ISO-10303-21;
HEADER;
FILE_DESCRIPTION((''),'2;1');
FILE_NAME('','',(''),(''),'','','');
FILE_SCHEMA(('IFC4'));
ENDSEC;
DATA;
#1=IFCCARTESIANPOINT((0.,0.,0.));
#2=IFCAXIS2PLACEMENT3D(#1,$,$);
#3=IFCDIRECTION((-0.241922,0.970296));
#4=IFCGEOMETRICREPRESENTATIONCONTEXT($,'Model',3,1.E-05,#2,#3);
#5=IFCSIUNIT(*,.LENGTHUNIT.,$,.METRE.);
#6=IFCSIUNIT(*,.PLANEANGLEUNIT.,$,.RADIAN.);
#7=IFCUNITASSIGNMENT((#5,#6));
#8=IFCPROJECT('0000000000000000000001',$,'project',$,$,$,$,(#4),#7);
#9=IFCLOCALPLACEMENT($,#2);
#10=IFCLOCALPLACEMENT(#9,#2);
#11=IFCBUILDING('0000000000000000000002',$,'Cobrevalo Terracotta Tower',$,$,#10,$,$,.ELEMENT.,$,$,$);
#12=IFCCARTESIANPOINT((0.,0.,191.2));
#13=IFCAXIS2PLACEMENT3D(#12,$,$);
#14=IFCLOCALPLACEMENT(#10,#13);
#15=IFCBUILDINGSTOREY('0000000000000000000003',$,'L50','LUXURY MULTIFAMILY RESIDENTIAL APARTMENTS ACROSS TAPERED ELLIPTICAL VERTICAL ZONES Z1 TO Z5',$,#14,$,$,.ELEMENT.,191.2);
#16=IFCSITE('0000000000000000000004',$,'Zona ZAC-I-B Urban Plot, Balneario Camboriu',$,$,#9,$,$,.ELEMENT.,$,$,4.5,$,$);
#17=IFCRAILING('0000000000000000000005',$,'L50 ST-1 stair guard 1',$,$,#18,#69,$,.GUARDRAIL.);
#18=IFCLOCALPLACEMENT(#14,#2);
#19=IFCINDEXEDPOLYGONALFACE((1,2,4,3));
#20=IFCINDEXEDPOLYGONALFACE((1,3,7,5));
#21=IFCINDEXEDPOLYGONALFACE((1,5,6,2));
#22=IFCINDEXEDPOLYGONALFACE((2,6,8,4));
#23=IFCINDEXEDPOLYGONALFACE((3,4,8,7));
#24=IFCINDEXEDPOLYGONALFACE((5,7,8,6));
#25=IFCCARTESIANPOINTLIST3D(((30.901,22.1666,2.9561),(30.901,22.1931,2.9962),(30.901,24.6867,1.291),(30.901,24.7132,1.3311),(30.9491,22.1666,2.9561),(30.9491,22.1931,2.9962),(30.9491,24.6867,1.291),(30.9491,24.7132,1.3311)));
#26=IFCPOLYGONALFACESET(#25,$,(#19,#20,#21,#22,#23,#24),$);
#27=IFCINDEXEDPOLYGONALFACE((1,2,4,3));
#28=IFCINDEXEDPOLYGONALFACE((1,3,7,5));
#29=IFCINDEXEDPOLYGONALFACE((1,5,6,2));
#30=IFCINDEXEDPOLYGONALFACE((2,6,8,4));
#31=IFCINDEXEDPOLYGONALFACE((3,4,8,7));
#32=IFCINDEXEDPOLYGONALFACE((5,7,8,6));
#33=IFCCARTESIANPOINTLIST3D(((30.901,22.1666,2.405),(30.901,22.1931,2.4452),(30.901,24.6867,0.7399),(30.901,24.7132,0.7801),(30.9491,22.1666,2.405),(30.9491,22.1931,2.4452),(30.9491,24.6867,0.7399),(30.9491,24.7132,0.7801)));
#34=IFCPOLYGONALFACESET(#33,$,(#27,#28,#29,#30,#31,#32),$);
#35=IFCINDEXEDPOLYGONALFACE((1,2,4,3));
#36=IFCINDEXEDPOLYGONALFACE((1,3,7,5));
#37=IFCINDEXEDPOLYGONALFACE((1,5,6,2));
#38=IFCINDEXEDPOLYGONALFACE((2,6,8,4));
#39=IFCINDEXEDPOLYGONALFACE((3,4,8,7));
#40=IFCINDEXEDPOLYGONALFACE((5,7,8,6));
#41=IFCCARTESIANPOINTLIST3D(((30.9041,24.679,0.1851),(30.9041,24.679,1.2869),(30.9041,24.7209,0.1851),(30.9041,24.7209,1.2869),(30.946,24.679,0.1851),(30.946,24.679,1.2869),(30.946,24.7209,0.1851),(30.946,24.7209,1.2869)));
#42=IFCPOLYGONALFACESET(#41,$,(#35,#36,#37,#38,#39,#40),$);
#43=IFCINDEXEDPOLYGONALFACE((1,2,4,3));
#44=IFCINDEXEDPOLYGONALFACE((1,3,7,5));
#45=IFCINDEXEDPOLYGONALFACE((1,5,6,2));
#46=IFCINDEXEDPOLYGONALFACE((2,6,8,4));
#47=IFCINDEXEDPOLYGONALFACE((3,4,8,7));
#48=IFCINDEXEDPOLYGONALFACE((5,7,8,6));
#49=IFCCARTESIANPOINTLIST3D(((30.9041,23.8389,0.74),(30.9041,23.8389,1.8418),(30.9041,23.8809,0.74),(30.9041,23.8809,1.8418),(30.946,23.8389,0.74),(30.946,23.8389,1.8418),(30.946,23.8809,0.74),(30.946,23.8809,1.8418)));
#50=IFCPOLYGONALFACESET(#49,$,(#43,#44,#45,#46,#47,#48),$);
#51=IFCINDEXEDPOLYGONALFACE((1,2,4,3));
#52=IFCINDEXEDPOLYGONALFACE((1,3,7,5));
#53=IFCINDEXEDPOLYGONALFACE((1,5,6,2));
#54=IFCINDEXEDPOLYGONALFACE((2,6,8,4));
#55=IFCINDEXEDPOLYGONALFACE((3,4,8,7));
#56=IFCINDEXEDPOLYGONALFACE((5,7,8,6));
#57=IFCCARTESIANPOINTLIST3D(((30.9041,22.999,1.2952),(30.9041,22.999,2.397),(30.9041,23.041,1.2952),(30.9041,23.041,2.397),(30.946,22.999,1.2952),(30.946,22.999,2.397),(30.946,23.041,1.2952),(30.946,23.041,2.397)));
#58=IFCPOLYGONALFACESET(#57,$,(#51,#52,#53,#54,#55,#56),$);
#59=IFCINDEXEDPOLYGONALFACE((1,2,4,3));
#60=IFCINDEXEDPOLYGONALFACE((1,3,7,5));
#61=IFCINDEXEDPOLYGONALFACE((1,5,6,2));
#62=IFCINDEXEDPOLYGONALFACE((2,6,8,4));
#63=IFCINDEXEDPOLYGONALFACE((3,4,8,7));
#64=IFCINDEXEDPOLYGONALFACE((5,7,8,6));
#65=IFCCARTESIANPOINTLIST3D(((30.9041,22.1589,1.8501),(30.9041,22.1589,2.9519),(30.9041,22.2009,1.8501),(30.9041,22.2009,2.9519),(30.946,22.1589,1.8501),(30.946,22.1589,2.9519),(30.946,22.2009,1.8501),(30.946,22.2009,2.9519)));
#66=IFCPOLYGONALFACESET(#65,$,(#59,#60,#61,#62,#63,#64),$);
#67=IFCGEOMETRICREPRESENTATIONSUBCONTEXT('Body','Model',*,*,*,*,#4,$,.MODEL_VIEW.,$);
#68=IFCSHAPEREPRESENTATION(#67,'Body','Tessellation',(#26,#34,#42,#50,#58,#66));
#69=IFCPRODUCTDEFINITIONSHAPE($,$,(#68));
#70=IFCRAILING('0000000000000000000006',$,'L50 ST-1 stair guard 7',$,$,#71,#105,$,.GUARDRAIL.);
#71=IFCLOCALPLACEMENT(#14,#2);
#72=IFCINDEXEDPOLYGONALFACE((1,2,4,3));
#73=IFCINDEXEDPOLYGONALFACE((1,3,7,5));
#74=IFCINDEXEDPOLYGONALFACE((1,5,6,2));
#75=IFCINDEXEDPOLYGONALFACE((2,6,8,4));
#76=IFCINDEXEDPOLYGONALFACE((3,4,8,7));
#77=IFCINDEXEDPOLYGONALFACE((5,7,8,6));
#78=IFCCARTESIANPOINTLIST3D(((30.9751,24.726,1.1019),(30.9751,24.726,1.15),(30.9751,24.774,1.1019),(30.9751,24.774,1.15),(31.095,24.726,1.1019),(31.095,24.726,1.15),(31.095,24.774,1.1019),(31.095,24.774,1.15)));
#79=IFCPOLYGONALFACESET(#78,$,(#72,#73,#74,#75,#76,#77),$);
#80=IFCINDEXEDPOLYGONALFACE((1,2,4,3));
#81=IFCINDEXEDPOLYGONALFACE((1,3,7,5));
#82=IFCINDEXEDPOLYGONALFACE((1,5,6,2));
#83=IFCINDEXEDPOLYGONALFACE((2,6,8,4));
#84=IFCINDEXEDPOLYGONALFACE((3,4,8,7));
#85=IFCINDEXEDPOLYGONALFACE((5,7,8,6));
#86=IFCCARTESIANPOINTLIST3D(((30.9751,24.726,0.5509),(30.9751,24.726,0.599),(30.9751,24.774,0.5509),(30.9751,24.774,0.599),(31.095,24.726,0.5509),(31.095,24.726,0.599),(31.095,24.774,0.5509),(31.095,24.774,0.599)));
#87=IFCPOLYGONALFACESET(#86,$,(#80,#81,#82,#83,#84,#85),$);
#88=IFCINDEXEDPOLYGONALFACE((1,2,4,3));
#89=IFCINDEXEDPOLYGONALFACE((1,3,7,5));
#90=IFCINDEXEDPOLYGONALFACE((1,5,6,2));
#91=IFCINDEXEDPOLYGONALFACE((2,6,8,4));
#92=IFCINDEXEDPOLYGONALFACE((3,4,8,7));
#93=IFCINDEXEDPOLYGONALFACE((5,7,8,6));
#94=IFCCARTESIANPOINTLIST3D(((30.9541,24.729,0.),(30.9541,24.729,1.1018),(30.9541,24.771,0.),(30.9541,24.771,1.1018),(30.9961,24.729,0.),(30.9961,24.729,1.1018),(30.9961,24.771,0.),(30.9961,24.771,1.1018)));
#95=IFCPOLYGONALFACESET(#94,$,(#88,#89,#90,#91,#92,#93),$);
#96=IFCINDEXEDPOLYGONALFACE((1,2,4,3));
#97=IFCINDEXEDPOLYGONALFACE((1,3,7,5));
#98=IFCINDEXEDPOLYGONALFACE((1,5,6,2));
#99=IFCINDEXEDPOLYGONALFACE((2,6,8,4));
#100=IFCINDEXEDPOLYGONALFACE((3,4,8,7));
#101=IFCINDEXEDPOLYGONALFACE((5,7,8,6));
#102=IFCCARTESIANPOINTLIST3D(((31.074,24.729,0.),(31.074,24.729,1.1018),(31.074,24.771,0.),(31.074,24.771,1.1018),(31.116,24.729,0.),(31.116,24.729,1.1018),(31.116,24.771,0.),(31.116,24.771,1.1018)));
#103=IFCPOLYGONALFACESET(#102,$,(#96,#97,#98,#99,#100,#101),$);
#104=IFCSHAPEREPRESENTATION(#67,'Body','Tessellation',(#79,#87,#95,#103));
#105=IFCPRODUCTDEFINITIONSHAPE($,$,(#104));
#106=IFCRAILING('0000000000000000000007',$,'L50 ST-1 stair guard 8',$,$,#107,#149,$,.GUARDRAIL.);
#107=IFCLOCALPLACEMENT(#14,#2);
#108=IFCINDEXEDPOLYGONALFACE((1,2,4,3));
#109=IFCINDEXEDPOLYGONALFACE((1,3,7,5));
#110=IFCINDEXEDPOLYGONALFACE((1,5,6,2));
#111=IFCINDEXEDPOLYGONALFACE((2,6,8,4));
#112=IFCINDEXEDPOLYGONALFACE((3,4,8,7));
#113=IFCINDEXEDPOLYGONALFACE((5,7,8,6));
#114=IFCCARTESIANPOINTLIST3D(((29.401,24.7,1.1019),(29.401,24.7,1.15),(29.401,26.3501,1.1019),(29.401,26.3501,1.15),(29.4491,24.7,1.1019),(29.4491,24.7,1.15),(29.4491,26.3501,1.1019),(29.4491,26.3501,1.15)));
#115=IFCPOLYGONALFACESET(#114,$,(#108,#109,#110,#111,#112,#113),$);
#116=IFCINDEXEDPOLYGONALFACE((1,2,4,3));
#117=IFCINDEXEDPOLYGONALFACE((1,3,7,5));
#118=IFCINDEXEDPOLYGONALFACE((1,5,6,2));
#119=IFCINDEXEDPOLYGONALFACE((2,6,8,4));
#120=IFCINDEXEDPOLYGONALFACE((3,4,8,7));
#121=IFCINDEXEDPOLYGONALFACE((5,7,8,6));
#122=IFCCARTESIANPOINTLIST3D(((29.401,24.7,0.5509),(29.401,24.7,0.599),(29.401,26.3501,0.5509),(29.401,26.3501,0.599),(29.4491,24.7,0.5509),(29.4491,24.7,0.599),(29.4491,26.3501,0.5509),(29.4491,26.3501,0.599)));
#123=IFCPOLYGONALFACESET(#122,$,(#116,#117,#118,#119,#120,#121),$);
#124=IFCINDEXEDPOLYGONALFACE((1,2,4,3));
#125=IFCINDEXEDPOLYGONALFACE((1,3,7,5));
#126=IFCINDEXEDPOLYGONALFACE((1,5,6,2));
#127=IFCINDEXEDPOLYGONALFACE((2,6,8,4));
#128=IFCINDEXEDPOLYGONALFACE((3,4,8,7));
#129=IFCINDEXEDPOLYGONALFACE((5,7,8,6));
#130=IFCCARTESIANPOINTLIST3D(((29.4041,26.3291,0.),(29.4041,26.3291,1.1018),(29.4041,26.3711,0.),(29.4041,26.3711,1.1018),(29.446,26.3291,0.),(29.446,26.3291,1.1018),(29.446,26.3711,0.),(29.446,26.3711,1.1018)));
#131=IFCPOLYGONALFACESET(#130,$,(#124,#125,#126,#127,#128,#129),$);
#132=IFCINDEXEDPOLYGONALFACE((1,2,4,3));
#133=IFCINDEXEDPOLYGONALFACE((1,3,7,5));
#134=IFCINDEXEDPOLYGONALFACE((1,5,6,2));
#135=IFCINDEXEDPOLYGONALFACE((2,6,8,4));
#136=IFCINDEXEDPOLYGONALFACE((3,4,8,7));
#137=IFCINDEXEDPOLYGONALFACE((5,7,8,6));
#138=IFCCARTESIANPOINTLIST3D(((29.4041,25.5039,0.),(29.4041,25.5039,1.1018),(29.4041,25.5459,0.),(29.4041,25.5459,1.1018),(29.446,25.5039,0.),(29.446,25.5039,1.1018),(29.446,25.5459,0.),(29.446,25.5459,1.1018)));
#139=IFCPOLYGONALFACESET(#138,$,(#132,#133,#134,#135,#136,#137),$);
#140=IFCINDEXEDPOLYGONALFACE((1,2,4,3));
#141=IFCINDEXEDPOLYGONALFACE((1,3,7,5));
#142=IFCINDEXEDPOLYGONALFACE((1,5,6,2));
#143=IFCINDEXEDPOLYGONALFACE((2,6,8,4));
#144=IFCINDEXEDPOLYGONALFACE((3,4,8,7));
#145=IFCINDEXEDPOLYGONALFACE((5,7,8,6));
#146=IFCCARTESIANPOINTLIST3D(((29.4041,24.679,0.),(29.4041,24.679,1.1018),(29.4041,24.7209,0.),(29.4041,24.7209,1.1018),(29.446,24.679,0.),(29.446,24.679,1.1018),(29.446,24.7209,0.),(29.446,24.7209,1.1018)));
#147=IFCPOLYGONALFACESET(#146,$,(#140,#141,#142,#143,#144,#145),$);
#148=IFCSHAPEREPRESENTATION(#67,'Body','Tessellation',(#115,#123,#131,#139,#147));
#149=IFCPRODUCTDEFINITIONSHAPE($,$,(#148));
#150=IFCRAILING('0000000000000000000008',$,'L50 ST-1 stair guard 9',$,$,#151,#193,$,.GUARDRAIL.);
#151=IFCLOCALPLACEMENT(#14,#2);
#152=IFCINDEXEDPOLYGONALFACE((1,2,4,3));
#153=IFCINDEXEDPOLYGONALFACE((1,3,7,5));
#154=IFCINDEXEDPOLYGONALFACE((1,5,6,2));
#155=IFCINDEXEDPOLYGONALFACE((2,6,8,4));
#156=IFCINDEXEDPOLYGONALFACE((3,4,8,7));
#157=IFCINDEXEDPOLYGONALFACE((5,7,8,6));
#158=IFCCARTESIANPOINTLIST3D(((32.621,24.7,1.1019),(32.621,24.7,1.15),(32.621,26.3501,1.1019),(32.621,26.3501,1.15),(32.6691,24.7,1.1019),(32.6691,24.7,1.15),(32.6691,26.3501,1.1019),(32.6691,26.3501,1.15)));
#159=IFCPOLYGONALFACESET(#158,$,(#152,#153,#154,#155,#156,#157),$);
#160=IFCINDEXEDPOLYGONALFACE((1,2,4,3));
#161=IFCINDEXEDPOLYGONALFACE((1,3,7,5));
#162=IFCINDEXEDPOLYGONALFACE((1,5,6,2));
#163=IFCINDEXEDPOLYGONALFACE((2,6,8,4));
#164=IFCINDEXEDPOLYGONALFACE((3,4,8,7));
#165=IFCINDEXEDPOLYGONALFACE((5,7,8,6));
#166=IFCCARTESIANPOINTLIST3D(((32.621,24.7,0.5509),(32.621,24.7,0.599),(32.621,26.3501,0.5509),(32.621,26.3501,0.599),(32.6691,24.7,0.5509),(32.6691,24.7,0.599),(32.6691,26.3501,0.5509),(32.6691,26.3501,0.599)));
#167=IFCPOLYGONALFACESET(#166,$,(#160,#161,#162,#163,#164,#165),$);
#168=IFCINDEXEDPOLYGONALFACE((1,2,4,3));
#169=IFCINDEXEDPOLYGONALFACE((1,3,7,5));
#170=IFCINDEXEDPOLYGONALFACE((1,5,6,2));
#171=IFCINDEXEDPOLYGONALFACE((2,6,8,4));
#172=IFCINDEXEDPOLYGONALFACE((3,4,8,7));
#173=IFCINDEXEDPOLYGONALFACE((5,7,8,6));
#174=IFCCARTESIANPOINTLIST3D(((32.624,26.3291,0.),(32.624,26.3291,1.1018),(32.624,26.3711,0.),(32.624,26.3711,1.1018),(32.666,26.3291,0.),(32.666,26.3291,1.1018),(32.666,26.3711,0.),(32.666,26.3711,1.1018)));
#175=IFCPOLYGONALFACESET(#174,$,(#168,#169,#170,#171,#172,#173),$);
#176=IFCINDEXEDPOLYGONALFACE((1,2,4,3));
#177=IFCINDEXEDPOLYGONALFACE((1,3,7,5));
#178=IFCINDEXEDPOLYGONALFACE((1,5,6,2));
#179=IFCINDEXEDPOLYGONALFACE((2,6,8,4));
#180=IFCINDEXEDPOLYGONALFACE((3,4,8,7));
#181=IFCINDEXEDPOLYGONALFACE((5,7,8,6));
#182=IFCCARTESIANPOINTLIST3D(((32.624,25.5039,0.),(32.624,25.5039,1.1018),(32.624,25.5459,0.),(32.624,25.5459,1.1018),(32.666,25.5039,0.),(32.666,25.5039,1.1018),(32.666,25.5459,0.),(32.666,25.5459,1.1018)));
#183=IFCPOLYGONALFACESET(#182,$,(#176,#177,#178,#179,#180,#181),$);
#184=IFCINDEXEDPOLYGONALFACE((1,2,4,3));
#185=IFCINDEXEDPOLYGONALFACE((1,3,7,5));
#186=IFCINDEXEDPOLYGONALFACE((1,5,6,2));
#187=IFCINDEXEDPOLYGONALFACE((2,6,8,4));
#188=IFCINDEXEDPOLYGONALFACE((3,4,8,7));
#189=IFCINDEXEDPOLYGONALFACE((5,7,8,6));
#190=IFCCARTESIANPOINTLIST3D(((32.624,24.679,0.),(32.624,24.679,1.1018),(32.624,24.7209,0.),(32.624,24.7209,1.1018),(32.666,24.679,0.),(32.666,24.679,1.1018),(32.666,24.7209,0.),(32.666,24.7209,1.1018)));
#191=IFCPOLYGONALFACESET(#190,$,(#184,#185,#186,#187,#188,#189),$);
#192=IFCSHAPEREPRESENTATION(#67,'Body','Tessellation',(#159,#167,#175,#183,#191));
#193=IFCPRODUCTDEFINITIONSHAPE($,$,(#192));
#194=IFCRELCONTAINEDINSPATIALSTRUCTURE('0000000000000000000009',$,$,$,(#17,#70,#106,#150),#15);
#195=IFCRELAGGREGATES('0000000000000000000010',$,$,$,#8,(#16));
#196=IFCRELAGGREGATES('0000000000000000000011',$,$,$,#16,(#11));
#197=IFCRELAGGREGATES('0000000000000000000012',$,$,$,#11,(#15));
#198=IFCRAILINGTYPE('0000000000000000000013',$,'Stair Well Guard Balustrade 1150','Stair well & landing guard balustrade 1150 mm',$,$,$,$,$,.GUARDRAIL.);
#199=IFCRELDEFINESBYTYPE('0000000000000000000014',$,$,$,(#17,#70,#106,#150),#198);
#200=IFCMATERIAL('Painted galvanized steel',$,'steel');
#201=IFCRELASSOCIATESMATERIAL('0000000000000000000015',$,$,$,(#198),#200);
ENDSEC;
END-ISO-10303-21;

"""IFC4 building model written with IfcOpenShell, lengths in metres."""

from ifc_helpers import new_model, si_unit, direction, frame, origin, origin_2d, place, context, subcontext, project, spatial, rectangle, extrude, material, type_object, element, save


model = new_model("IFC4")

# Units and contexts
model_context = context("Model", 3, precision=1e-05, world=origin(), true_north=direction((-0.241922, 0.970296)))
body_context = subcontext(model_context, "Body", "Model", "MODEL_VIEW")
ifc_project = project(units=[si_unit("LENGTHUNIT", "METRE"), si_unit("PLANEANGLEUNIT", "RADIAN")], contexts=[model_context])

# Site, building, storey
site_placement = place(None, origin())
site = spatial("IfcSite", under=ifc_project, at=site_placement, Name="Zona ZAC-I-B Urban Plot, Balneario Camboriu", CompositionType="ELEMENT", RefElevation=4.5)
building_placement = place(site_placement, origin())
building = spatial("IfcBuilding", under=site, at=building_placement, Name="Cobrevalo Terracotta Tower", CompositionType="ELEMENT")
storey_placement = place(building_placement, frame((0.0, 0.0, 191.2)))
storey = spatial("IfcBuildingStorey", under=building, at=storey_placement, Name="L50", Description="LUXURY MULTIFAMILY RESIDENTIAL APARTMENTS ACROSS TAPERED ELLIPTICAL VERTICAL ZONES Z1 TO Z5", CompositionType="ELEMENT", Elevation=191.2)

# Railings
ifc_material_1 = material(Name="Painted galvanized steel", Category="steel")
railing_type_1 = type_object("IfcRailingType", Name="Stair Well Guard Balustrade 1150", Description="Stair well & landing guard balustrade 1150 mm", PredefinedType="GUARDRAIL", material=ifc_material_1)
railing_1_placement = place(storey_placement, frame((30.925, 24.7, 0.1851)))
element("IfcRailing", 1, at=railing_1_placement, inside=storey, type_object=railing_type_1, Name="L50 ST-1 stair guard 1", PredefinedType="GUARDRAIL", context=body_context, shape_type="SweptSolid", body=[
    extrude(rectangle(XDim=0.0481, YDim=0.0481, at=origin_2d()), frame((0.0, 0.0, 1.126), z_axis=(0.0, -0.834331, 0.551263), x_axis=(1.0, 0.0, 0.0)), (0.0, 0.0, 1.0), 3.0205),
    extrude(rectangle(XDim=0.0481, YDim=0.0481, at=origin_2d()), frame((0.0, 0.0, 0.575), z_axis=(0.0, -0.834331, 0.551263), x_axis=(1.0, 0.0, 0.0)), (0.0, 0.0, 1.0), 3.0205),
    extrude(rectangle(XDim=0.042, YDim=0.042, at=origin_2d()), origin(), (0.0, 0.0, 1.0), 1.1018),
    extrude(rectangle(XDim=0.042, YDim=0.042, at=origin_2d()), frame((0.0, -0.8401, 0.5549)), (0.0, 0.0, 1.0), 1.1018),
    extrude(rectangle(XDim=0.042, YDim=0.042, at=origin_2d()), frame((0.0, -1.6799, 1.1101)), (0.0, 0.0, 1.0), 1.1018),
    extrude(rectangle(XDim=0.042, YDim=0.042, at=origin_2d()), frame((0.0, -2.52, 1.665)), (0.0, 0.0, 1.0), 1.1018),
])
railing_2_placement = place(storey_placement, frame((30.9751, 24.75, 0.0)))
element("IfcRailing", 2, at=railing_2_placement, inside=storey, type_object=railing_type_1, Name="L50 ST-1 stair guard 7", PredefinedType="GUARDRAIL", context=body_context, shape_type="SweptSolid", body=[
    extrude(rectangle(XDim=0.0481, YDim=0.0481, at=origin_2d()), frame((0.0, 0.0, 1.126), z_axis=(1.0, 0.0, 0.0), x_axis=(0.0, 1.0, 0.0)), (0.0, 0.0, 1.0), 0.1199),
    extrude(rectangle(XDim=0.0481, YDim=0.0481, at=origin_2d()), frame((0.0, 0.0, 0.575), z_axis=(1.0, 0.0, 0.0), x_axis=(0.0, 1.0, 0.0)), (0.0, 0.0, 1.0), 0.1199),
    extrude(rectangle(XDim=0.042, YDim=0.042, at=origin_2d()), origin(), (0.0, 0.0, 1.0), 1.1018),
    extrude(rectangle(XDim=0.042, YDim=0.042, at=origin_2d()), frame((0.1199, 0.0, 0.0)), (0.0, 0.0, 1.0), 1.1018),
])
for number, where, name in (
    (3, (29.425, 26.3501, 0.0), "L50 ST-1 stair guard 8"),
    (4, (32.645, 26.3501, 0.0), "L50 ST-1 stair guard 9"),
):
    element("IfcRailing", number, at=place(storey_placement, frame(where)), inside=storey, type_object=railing_type_1, Name=name, PredefinedType="GUARDRAIL", context=body_context, shape_type="SweptSolid", body=[
        extrude(rectangle(XDim=0.0481, YDim=0.0481, at=origin_2d()), frame((0.0, 0.0, 1.126), z_axis=(0.0, -1.0, 0.0), x_axis=(1.0, 0.0, 0.0)), (0.0, 0.0, 1.0), 1.6501),
        extrude(rectangle(XDim=0.0481, YDim=0.0481, at=origin_2d()), frame((0.0, 0.0, 0.575), z_axis=(0.0, -1.0, 0.0), x_axis=(1.0, 0.0, 0.0)), (0.0, 0.0, 1.0), 1.6501),
        extrude(rectangle(XDim=0.042, YDim=0.042, at=origin_2d()), origin(), (0.0, 0.0, 1.0), 1.1018),
        extrude(rectangle(XDim=0.042, YDim=0.042, at=origin_2d()), frame((0.0, -0.8252, 0.0)), (0.0, 0.0, 1.0), 1.1018),
        extrude(rectangle(XDim=0.042, YDim=0.042, at=origin_2d()), frame((0.0, -1.6501, 0.0)), (0.0, 0.0, 1.0), 1.1018),
    ])

save(model, "model.ifc")
